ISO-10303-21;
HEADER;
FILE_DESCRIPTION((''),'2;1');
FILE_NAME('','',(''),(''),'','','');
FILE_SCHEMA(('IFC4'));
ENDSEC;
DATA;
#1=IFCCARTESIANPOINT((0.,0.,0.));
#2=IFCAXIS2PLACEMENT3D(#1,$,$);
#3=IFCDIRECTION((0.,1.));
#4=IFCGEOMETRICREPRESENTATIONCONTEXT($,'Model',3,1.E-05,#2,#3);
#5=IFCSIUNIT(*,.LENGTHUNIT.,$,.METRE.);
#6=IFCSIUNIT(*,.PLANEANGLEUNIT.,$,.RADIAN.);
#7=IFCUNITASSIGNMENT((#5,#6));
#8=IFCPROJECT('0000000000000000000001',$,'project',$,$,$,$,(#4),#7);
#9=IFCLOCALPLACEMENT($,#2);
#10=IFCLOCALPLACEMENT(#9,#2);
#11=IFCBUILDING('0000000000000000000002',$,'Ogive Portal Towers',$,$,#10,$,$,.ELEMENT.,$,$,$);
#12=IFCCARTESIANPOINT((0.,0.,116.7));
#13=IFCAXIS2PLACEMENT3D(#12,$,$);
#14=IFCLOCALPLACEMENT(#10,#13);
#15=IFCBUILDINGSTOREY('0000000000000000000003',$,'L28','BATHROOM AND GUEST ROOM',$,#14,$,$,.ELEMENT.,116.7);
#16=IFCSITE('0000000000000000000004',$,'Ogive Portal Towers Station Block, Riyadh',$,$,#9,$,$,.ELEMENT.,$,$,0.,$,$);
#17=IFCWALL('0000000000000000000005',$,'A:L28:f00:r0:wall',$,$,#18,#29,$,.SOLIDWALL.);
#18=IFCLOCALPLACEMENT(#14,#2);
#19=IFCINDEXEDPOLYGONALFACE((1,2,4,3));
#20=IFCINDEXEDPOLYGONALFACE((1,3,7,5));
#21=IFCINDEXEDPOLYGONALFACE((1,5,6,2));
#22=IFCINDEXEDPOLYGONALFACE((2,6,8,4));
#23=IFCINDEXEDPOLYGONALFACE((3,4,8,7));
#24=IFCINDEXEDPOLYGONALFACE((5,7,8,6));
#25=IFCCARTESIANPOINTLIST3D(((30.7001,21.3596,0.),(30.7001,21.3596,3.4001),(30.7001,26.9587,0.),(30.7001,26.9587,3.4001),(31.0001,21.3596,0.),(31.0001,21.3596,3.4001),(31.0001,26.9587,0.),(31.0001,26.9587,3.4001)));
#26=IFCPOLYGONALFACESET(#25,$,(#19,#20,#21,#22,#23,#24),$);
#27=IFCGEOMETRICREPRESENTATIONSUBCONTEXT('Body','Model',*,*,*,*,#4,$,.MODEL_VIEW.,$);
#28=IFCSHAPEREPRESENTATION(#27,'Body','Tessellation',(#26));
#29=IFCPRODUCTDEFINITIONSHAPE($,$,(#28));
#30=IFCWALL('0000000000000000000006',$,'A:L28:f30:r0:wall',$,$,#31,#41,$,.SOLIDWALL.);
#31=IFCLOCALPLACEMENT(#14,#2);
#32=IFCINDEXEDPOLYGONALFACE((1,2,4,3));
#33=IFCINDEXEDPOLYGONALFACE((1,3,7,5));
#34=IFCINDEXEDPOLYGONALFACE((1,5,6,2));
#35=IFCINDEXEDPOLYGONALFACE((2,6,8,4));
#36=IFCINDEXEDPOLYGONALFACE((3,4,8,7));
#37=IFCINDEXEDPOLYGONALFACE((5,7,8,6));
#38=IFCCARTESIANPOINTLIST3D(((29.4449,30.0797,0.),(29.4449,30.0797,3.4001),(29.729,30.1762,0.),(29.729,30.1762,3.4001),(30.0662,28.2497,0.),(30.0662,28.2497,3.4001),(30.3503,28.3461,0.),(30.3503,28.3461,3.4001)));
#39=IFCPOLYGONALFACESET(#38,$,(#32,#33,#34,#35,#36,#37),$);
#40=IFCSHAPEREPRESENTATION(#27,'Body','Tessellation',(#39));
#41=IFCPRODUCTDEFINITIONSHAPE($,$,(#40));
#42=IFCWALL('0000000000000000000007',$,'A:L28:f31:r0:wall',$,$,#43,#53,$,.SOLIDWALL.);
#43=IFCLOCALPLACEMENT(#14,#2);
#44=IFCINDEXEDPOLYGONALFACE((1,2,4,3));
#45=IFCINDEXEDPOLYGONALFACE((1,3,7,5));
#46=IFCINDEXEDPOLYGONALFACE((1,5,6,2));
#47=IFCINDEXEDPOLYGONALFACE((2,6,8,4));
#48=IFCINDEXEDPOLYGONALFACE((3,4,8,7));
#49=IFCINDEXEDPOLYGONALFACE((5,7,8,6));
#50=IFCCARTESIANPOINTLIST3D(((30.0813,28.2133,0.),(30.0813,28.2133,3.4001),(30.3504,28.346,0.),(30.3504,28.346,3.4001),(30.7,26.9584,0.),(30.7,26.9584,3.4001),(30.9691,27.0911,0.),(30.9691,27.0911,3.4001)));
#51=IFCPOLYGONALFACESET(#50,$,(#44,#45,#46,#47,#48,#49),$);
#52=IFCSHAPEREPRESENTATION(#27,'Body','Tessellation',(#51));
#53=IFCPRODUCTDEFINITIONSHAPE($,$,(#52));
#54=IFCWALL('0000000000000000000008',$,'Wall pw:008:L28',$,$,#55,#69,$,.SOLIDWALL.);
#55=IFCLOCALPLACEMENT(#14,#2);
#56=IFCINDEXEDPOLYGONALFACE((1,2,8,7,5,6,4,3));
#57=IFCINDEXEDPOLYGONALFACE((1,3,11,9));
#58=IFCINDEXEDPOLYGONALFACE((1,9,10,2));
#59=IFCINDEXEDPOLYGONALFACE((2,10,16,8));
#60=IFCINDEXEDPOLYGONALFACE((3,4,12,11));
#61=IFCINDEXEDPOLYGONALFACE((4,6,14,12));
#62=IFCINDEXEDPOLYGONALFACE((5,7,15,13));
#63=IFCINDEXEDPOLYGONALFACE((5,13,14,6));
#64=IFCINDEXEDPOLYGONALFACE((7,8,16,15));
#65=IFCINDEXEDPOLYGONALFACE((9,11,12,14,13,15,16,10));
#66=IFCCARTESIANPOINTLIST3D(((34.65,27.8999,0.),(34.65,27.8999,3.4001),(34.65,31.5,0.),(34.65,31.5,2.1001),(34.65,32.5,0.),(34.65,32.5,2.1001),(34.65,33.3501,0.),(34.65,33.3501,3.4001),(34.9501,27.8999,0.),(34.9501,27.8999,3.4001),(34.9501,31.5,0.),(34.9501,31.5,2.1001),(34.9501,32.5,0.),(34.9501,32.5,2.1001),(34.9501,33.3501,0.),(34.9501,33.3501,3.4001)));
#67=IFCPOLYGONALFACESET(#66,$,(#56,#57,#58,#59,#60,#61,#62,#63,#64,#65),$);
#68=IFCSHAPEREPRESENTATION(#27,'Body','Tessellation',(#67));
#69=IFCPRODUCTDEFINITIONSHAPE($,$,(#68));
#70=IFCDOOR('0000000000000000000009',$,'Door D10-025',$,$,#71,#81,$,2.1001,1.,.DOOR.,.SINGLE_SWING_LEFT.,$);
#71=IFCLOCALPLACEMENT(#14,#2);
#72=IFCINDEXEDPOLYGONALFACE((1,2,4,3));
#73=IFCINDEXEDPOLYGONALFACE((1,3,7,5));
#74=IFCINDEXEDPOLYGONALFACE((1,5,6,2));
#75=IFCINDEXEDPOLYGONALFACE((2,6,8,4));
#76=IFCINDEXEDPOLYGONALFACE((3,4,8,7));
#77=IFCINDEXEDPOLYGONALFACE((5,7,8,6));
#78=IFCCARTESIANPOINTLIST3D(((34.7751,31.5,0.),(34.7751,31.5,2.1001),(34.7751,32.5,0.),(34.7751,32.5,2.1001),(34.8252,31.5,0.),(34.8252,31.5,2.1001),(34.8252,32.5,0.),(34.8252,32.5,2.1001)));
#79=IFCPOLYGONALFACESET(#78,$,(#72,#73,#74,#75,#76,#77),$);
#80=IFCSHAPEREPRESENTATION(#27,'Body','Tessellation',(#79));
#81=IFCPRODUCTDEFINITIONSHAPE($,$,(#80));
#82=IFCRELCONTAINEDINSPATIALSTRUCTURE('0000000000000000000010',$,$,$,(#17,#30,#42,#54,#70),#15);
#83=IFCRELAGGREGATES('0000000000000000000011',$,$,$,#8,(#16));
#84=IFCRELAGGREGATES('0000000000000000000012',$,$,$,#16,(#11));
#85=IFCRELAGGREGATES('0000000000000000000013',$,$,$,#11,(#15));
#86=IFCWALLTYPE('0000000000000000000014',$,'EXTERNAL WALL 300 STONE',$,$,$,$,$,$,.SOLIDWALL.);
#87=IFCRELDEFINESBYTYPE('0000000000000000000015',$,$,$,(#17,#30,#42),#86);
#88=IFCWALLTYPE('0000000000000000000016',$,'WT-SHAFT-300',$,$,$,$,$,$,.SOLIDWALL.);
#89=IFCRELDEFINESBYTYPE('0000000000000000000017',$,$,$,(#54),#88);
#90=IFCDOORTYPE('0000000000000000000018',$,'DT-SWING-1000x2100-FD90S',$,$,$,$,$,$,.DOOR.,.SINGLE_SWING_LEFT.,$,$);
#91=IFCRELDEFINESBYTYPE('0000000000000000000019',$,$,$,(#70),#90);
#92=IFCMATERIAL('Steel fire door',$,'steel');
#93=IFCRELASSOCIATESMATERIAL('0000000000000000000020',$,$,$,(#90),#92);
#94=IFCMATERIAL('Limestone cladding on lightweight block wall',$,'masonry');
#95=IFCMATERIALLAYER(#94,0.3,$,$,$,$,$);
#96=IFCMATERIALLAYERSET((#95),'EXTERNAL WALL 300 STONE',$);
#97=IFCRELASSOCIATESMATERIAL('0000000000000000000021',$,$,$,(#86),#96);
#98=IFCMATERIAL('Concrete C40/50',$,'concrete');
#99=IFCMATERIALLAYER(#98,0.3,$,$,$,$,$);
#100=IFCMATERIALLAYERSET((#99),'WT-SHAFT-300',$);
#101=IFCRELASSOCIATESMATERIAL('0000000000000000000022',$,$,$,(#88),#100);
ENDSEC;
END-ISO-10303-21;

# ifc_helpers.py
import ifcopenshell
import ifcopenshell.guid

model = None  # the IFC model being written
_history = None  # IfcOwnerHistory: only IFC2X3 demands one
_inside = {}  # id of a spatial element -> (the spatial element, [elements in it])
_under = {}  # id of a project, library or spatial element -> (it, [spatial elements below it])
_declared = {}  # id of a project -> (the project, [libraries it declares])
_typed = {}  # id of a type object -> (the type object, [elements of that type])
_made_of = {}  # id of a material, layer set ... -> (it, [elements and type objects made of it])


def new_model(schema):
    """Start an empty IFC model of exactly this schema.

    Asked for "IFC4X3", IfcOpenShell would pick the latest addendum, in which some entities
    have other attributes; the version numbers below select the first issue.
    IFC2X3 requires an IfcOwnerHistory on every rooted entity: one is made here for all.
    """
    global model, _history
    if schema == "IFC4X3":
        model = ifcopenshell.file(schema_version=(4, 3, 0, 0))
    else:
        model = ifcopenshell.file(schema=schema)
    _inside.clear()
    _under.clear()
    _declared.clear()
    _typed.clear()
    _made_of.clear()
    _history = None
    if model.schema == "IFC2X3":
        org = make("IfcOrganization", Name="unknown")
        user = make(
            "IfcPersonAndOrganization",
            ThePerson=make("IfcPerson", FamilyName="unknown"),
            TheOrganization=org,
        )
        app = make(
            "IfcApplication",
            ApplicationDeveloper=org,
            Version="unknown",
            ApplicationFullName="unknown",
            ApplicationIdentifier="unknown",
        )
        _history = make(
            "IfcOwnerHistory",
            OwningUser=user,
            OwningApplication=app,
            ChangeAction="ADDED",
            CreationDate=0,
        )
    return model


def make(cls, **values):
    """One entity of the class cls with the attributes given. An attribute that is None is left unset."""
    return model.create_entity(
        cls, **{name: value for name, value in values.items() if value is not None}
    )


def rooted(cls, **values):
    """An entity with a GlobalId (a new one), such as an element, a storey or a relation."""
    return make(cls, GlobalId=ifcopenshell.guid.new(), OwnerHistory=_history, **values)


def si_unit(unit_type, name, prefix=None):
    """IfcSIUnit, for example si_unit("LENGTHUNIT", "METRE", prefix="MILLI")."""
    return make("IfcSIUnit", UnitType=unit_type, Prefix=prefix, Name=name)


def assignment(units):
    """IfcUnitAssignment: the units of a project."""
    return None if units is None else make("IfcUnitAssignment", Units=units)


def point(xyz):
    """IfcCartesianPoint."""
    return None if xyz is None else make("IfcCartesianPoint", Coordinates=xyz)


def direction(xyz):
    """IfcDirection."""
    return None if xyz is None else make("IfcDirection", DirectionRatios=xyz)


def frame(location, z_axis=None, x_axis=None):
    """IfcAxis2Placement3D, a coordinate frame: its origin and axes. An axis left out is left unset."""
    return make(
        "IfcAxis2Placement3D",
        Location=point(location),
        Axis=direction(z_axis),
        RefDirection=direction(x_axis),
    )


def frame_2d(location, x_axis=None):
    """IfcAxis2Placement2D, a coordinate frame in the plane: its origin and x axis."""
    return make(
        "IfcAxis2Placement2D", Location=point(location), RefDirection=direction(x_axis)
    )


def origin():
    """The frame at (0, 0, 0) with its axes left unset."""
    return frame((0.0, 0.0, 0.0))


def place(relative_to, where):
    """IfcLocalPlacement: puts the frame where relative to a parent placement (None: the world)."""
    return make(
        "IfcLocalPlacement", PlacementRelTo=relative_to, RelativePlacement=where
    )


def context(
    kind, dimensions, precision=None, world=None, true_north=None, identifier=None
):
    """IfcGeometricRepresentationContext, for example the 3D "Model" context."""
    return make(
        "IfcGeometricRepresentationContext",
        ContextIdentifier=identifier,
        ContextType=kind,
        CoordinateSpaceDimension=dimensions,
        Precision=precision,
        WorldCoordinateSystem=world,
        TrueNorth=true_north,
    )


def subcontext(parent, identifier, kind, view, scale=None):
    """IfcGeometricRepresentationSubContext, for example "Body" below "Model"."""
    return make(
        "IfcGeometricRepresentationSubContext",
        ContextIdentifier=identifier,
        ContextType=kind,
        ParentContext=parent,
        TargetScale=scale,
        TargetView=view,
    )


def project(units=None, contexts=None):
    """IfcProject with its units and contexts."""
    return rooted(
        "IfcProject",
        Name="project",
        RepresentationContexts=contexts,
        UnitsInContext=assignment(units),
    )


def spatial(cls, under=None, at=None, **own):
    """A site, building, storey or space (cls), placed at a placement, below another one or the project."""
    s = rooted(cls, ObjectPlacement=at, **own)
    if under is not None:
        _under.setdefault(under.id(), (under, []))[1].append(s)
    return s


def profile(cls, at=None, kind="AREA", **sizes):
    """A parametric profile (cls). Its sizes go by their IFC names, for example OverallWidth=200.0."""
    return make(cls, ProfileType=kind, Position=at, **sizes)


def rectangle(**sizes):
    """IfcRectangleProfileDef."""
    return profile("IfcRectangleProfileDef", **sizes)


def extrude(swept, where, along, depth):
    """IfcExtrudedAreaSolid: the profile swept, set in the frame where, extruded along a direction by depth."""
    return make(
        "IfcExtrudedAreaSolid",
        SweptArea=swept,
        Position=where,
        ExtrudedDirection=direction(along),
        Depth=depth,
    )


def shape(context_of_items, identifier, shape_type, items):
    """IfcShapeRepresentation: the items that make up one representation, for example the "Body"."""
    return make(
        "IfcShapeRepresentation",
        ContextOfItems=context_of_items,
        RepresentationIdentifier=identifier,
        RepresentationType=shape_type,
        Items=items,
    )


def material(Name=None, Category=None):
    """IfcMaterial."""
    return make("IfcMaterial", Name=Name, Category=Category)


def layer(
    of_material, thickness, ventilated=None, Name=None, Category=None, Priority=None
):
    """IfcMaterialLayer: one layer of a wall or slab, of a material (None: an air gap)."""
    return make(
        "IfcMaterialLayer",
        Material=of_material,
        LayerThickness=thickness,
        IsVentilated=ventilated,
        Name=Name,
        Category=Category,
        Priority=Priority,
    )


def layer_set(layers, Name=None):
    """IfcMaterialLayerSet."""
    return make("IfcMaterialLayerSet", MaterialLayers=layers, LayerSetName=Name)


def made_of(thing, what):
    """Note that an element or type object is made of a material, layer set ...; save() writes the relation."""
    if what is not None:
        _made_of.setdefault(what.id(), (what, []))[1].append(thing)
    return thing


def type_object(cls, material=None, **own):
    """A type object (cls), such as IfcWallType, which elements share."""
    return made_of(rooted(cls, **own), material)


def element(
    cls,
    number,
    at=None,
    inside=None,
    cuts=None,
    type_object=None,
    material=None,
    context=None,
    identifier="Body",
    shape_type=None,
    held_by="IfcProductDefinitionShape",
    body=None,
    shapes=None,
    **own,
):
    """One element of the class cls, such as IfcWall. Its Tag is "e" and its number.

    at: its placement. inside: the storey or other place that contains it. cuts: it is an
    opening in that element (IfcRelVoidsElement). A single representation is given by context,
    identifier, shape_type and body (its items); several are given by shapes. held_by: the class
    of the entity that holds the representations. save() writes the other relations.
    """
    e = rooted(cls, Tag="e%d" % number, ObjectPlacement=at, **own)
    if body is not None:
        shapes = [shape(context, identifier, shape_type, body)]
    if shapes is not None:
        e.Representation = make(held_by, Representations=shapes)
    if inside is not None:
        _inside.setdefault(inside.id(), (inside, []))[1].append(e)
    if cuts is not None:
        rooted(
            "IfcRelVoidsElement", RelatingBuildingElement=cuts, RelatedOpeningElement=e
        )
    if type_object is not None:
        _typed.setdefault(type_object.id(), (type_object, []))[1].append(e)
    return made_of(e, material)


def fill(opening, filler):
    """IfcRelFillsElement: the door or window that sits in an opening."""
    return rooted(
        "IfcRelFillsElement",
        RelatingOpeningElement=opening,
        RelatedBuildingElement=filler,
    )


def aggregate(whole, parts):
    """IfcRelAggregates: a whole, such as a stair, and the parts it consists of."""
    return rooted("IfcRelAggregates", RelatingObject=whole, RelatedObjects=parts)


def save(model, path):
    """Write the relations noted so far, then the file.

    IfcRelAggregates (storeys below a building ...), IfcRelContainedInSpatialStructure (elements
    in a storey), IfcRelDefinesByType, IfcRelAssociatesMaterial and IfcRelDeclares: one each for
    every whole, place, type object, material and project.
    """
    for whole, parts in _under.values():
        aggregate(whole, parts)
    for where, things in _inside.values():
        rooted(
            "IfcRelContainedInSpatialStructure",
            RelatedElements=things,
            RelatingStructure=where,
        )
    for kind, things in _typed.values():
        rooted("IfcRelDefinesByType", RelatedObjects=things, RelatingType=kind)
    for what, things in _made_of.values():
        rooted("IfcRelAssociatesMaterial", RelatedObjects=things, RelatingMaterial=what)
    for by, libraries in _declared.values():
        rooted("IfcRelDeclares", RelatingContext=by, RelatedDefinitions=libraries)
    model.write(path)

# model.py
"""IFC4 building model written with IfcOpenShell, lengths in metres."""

from ifc_helpers import new_model, si_unit, direction, frame, frame_2d, origin, place, context, subcontext, project, spatial, rectangle, extrude, material, layer, layer_set, type_object, element, fill, save


model = new_model("IFC4")

# Units and contexts
model_context = context("Model", 3, precision=1e-05, world=origin(), true_north=direction((0.0, 1.0)))
body_context = subcontext(model_context, "Body", "Model", "MODEL_VIEW")
ifc_project = project(units=[si_unit("LENGTHUNIT", "METRE"), si_unit("PLANEANGLEUNIT", "RADIAN")], contexts=[model_context])

# Site, building, storey
site_placement = place(None, origin())
site = spatial("IfcSite", under=ifc_project, at=site_placement, Name="Ogive Portal Towers Station Block, Riyadh", CompositionType="ELEMENT", RefElevation=0.0)
building_placement = place(site_placement, origin())
building = spatial("IfcBuilding", under=site, at=building_placement, Name="Ogive Portal Towers", CompositionType="ELEMENT")
storey_placement = place(building_placement, frame((0.0, 0.0, 116.7)))
storey = spatial("IfcBuildingStorey", under=building, at=storey_placement, Name="L28", Description="BATHROOM AND GUEST ROOM", CompositionType="ELEMENT", Elevation=116.7)

# Shared definitions
ifc_material_1 = material(Name="Concrete C40/50", Category="concrete")

# Shared definitions
ifc_material_2 = material(Name="Steel fire door", Category="steel")
door_type_1 = type_object("IfcDoorType", Name="DT-SWING-1000x2100-FD90S", OperationType="SINGLE_SWING_LEFT", PredefinedType="DOOR", material=ifc_material_2)

# Walls
ifc_material_3 = material(Name="Limestone cladding on lightweight block wall", Category="masonry")
ifc_layer_1 = layer(ifc_material_3, 0.3)
ifc_layer_set_1 = layer_set([ifc_layer_1], Name="EXTERNAL WALL 300 STONE")
wall_type_1 = type_object("IfcWallType", Name="EXTERNAL WALL 300 STONE", PredefinedType="SOLIDWALL", material=ifc_layer_set_1)
wall_1_placement = place(storey_placement, frame((30.8501, 26.9587, 0.0), z_axis=(0.0, 0.0, 1.0), x_axis=(0.0, -1.0, 0.0)))
element("IfcWall", 1, at=wall_1_placement, inside=storey, type_object=wall_type_1, Name="A:L28:f00:r0:wall", PredefinedType="SOLIDWALL", context=body_context, shape_type="SweptSolid", body=[
    extrude(rectangle(XDim=5.5991, YDim=0.3, at=frame_2d((2.7996, 0.0))), origin(), (0.0, 0.0, 1.0), 3.4001),
])
wall_2_placement = place(storey_placement, frame((29.5869, 30.1279, 0.0), z_axis=(0.0, 0.0, 1.0), x_axis=(0.321491, -0.946913, 0.0)))
element("IfcWall", 2, at=wall_2_placement, inside=storey, type_object=wall_type_1, Name="A:L28:f30:r0:wall", PredefinedType="SOLIDWALL", context=body_context, shape_type="SweptSolid", body=[
    extrude(rectangle(XDim=1.9326, YDim=0.3, at=frame_2d((0.9663, 0.0))), origin(), (0.0, 0.0, 1.0), 3.4001),
])
wall_3_placement = place(storey_placement, frame((30.2158, 28.2798, 0.0), z_axis=(0.0, 0.0, 1.0), x_axis=(0.442181, -0.896926, 0.0)))
element("IfcWall", 3, at=wall_3_placement, inside=storey, type_object=wall_type_1, Name="A:L28:f31:r0:wall", PredefinedType="SOLIDWALL", context=body_context, shape_type="SweptSolid", body=[
    extrude(rectangle(XDim=1.3992, YDim=0.3, at=frame_2d((0.6997, 0.0))), origin(), (0.0, 0.0, 1.0), 3.4001),
])

# Shared definitions
ifc_layer_2 = layer(ifc_material_1, 0.3)
ifc_layer_set_2 = layer_set([ifc_layer_2], Name="WT-SHAFT-300")
wall_type_2 = type_object("IfcWallType", Name="WT-SHAFT-300", PredefinedType="SOLIDWALL", material=ifc_layer_set_2)

# Wall, opening, door
wall_4_placement = place(storey_placement, frame((34.8, 27.8999, 0.0), z_axis=(0.0, 0.0, 1.0), x_axis=(0.0, 1.0, 0.0)))
wall_4 = element("IfcWall", 4, at=wall_4_placement, inside=storey, type_object=wall_type_2, Name="Wall pw:008:L28", PredefinedType="SOLIDWALL", context=body_context, shape_type="SweptSolid", body=[
    extrude(rectangle(XDim=5.4502, YDim=0.3, at=frame_2d((2.7251, 0.0))), origin(), (0.0, 0.0, 1.0), 3.4001),
])
opening_1_placement = place(wall_4_placement, frame((3.6001, 0.0, 0.0)))
opening_1 = element("IfcOpeningElement", 5, at=opening_1_placement, cuts=wall_4, PredefinedType="OPENING", context=body_context, shape_type="SweptSolid", body=[
    extrude(rectangle(XDim=1.0, YDim=2.1001, at=frame_2d((0.5, 1.05))), frame((0.0, 0.1602, 0.0), z_axis=(0.0, -1.0, 0.0), x_axis=(1.0, 0.0, 0.0)), (0.0, 0.0, 1.0), 0.3201),
])
door_1_placement = place(opening_1_placement, origin())
door_1 = element("IfcDoor", 6, at=door_1_placement, inside=storey, type_object=door_type_1, Name="Door D10-025", OperationType="SINGLE_SWING_LEFT", OverallHeight=2.1001, OverallWidth=1.0, PredefinedType="DOOR", context=body_context, shape_type="SweptSolid", body=[
    extrude(rectangle(XDim=1.0, YDim=2.1001, at=frame_2d((0.5, 1.05))), frame((0.0, 0.0249, 0.0), z_axis=(0.0, -1.0, 0.0), x_axis=(1.0, 0.0, 0.0)), (0.0, 0.0, 1.0), 0.05),
])
fill(opening_1, door_1)

save(model, "model.ifc")
